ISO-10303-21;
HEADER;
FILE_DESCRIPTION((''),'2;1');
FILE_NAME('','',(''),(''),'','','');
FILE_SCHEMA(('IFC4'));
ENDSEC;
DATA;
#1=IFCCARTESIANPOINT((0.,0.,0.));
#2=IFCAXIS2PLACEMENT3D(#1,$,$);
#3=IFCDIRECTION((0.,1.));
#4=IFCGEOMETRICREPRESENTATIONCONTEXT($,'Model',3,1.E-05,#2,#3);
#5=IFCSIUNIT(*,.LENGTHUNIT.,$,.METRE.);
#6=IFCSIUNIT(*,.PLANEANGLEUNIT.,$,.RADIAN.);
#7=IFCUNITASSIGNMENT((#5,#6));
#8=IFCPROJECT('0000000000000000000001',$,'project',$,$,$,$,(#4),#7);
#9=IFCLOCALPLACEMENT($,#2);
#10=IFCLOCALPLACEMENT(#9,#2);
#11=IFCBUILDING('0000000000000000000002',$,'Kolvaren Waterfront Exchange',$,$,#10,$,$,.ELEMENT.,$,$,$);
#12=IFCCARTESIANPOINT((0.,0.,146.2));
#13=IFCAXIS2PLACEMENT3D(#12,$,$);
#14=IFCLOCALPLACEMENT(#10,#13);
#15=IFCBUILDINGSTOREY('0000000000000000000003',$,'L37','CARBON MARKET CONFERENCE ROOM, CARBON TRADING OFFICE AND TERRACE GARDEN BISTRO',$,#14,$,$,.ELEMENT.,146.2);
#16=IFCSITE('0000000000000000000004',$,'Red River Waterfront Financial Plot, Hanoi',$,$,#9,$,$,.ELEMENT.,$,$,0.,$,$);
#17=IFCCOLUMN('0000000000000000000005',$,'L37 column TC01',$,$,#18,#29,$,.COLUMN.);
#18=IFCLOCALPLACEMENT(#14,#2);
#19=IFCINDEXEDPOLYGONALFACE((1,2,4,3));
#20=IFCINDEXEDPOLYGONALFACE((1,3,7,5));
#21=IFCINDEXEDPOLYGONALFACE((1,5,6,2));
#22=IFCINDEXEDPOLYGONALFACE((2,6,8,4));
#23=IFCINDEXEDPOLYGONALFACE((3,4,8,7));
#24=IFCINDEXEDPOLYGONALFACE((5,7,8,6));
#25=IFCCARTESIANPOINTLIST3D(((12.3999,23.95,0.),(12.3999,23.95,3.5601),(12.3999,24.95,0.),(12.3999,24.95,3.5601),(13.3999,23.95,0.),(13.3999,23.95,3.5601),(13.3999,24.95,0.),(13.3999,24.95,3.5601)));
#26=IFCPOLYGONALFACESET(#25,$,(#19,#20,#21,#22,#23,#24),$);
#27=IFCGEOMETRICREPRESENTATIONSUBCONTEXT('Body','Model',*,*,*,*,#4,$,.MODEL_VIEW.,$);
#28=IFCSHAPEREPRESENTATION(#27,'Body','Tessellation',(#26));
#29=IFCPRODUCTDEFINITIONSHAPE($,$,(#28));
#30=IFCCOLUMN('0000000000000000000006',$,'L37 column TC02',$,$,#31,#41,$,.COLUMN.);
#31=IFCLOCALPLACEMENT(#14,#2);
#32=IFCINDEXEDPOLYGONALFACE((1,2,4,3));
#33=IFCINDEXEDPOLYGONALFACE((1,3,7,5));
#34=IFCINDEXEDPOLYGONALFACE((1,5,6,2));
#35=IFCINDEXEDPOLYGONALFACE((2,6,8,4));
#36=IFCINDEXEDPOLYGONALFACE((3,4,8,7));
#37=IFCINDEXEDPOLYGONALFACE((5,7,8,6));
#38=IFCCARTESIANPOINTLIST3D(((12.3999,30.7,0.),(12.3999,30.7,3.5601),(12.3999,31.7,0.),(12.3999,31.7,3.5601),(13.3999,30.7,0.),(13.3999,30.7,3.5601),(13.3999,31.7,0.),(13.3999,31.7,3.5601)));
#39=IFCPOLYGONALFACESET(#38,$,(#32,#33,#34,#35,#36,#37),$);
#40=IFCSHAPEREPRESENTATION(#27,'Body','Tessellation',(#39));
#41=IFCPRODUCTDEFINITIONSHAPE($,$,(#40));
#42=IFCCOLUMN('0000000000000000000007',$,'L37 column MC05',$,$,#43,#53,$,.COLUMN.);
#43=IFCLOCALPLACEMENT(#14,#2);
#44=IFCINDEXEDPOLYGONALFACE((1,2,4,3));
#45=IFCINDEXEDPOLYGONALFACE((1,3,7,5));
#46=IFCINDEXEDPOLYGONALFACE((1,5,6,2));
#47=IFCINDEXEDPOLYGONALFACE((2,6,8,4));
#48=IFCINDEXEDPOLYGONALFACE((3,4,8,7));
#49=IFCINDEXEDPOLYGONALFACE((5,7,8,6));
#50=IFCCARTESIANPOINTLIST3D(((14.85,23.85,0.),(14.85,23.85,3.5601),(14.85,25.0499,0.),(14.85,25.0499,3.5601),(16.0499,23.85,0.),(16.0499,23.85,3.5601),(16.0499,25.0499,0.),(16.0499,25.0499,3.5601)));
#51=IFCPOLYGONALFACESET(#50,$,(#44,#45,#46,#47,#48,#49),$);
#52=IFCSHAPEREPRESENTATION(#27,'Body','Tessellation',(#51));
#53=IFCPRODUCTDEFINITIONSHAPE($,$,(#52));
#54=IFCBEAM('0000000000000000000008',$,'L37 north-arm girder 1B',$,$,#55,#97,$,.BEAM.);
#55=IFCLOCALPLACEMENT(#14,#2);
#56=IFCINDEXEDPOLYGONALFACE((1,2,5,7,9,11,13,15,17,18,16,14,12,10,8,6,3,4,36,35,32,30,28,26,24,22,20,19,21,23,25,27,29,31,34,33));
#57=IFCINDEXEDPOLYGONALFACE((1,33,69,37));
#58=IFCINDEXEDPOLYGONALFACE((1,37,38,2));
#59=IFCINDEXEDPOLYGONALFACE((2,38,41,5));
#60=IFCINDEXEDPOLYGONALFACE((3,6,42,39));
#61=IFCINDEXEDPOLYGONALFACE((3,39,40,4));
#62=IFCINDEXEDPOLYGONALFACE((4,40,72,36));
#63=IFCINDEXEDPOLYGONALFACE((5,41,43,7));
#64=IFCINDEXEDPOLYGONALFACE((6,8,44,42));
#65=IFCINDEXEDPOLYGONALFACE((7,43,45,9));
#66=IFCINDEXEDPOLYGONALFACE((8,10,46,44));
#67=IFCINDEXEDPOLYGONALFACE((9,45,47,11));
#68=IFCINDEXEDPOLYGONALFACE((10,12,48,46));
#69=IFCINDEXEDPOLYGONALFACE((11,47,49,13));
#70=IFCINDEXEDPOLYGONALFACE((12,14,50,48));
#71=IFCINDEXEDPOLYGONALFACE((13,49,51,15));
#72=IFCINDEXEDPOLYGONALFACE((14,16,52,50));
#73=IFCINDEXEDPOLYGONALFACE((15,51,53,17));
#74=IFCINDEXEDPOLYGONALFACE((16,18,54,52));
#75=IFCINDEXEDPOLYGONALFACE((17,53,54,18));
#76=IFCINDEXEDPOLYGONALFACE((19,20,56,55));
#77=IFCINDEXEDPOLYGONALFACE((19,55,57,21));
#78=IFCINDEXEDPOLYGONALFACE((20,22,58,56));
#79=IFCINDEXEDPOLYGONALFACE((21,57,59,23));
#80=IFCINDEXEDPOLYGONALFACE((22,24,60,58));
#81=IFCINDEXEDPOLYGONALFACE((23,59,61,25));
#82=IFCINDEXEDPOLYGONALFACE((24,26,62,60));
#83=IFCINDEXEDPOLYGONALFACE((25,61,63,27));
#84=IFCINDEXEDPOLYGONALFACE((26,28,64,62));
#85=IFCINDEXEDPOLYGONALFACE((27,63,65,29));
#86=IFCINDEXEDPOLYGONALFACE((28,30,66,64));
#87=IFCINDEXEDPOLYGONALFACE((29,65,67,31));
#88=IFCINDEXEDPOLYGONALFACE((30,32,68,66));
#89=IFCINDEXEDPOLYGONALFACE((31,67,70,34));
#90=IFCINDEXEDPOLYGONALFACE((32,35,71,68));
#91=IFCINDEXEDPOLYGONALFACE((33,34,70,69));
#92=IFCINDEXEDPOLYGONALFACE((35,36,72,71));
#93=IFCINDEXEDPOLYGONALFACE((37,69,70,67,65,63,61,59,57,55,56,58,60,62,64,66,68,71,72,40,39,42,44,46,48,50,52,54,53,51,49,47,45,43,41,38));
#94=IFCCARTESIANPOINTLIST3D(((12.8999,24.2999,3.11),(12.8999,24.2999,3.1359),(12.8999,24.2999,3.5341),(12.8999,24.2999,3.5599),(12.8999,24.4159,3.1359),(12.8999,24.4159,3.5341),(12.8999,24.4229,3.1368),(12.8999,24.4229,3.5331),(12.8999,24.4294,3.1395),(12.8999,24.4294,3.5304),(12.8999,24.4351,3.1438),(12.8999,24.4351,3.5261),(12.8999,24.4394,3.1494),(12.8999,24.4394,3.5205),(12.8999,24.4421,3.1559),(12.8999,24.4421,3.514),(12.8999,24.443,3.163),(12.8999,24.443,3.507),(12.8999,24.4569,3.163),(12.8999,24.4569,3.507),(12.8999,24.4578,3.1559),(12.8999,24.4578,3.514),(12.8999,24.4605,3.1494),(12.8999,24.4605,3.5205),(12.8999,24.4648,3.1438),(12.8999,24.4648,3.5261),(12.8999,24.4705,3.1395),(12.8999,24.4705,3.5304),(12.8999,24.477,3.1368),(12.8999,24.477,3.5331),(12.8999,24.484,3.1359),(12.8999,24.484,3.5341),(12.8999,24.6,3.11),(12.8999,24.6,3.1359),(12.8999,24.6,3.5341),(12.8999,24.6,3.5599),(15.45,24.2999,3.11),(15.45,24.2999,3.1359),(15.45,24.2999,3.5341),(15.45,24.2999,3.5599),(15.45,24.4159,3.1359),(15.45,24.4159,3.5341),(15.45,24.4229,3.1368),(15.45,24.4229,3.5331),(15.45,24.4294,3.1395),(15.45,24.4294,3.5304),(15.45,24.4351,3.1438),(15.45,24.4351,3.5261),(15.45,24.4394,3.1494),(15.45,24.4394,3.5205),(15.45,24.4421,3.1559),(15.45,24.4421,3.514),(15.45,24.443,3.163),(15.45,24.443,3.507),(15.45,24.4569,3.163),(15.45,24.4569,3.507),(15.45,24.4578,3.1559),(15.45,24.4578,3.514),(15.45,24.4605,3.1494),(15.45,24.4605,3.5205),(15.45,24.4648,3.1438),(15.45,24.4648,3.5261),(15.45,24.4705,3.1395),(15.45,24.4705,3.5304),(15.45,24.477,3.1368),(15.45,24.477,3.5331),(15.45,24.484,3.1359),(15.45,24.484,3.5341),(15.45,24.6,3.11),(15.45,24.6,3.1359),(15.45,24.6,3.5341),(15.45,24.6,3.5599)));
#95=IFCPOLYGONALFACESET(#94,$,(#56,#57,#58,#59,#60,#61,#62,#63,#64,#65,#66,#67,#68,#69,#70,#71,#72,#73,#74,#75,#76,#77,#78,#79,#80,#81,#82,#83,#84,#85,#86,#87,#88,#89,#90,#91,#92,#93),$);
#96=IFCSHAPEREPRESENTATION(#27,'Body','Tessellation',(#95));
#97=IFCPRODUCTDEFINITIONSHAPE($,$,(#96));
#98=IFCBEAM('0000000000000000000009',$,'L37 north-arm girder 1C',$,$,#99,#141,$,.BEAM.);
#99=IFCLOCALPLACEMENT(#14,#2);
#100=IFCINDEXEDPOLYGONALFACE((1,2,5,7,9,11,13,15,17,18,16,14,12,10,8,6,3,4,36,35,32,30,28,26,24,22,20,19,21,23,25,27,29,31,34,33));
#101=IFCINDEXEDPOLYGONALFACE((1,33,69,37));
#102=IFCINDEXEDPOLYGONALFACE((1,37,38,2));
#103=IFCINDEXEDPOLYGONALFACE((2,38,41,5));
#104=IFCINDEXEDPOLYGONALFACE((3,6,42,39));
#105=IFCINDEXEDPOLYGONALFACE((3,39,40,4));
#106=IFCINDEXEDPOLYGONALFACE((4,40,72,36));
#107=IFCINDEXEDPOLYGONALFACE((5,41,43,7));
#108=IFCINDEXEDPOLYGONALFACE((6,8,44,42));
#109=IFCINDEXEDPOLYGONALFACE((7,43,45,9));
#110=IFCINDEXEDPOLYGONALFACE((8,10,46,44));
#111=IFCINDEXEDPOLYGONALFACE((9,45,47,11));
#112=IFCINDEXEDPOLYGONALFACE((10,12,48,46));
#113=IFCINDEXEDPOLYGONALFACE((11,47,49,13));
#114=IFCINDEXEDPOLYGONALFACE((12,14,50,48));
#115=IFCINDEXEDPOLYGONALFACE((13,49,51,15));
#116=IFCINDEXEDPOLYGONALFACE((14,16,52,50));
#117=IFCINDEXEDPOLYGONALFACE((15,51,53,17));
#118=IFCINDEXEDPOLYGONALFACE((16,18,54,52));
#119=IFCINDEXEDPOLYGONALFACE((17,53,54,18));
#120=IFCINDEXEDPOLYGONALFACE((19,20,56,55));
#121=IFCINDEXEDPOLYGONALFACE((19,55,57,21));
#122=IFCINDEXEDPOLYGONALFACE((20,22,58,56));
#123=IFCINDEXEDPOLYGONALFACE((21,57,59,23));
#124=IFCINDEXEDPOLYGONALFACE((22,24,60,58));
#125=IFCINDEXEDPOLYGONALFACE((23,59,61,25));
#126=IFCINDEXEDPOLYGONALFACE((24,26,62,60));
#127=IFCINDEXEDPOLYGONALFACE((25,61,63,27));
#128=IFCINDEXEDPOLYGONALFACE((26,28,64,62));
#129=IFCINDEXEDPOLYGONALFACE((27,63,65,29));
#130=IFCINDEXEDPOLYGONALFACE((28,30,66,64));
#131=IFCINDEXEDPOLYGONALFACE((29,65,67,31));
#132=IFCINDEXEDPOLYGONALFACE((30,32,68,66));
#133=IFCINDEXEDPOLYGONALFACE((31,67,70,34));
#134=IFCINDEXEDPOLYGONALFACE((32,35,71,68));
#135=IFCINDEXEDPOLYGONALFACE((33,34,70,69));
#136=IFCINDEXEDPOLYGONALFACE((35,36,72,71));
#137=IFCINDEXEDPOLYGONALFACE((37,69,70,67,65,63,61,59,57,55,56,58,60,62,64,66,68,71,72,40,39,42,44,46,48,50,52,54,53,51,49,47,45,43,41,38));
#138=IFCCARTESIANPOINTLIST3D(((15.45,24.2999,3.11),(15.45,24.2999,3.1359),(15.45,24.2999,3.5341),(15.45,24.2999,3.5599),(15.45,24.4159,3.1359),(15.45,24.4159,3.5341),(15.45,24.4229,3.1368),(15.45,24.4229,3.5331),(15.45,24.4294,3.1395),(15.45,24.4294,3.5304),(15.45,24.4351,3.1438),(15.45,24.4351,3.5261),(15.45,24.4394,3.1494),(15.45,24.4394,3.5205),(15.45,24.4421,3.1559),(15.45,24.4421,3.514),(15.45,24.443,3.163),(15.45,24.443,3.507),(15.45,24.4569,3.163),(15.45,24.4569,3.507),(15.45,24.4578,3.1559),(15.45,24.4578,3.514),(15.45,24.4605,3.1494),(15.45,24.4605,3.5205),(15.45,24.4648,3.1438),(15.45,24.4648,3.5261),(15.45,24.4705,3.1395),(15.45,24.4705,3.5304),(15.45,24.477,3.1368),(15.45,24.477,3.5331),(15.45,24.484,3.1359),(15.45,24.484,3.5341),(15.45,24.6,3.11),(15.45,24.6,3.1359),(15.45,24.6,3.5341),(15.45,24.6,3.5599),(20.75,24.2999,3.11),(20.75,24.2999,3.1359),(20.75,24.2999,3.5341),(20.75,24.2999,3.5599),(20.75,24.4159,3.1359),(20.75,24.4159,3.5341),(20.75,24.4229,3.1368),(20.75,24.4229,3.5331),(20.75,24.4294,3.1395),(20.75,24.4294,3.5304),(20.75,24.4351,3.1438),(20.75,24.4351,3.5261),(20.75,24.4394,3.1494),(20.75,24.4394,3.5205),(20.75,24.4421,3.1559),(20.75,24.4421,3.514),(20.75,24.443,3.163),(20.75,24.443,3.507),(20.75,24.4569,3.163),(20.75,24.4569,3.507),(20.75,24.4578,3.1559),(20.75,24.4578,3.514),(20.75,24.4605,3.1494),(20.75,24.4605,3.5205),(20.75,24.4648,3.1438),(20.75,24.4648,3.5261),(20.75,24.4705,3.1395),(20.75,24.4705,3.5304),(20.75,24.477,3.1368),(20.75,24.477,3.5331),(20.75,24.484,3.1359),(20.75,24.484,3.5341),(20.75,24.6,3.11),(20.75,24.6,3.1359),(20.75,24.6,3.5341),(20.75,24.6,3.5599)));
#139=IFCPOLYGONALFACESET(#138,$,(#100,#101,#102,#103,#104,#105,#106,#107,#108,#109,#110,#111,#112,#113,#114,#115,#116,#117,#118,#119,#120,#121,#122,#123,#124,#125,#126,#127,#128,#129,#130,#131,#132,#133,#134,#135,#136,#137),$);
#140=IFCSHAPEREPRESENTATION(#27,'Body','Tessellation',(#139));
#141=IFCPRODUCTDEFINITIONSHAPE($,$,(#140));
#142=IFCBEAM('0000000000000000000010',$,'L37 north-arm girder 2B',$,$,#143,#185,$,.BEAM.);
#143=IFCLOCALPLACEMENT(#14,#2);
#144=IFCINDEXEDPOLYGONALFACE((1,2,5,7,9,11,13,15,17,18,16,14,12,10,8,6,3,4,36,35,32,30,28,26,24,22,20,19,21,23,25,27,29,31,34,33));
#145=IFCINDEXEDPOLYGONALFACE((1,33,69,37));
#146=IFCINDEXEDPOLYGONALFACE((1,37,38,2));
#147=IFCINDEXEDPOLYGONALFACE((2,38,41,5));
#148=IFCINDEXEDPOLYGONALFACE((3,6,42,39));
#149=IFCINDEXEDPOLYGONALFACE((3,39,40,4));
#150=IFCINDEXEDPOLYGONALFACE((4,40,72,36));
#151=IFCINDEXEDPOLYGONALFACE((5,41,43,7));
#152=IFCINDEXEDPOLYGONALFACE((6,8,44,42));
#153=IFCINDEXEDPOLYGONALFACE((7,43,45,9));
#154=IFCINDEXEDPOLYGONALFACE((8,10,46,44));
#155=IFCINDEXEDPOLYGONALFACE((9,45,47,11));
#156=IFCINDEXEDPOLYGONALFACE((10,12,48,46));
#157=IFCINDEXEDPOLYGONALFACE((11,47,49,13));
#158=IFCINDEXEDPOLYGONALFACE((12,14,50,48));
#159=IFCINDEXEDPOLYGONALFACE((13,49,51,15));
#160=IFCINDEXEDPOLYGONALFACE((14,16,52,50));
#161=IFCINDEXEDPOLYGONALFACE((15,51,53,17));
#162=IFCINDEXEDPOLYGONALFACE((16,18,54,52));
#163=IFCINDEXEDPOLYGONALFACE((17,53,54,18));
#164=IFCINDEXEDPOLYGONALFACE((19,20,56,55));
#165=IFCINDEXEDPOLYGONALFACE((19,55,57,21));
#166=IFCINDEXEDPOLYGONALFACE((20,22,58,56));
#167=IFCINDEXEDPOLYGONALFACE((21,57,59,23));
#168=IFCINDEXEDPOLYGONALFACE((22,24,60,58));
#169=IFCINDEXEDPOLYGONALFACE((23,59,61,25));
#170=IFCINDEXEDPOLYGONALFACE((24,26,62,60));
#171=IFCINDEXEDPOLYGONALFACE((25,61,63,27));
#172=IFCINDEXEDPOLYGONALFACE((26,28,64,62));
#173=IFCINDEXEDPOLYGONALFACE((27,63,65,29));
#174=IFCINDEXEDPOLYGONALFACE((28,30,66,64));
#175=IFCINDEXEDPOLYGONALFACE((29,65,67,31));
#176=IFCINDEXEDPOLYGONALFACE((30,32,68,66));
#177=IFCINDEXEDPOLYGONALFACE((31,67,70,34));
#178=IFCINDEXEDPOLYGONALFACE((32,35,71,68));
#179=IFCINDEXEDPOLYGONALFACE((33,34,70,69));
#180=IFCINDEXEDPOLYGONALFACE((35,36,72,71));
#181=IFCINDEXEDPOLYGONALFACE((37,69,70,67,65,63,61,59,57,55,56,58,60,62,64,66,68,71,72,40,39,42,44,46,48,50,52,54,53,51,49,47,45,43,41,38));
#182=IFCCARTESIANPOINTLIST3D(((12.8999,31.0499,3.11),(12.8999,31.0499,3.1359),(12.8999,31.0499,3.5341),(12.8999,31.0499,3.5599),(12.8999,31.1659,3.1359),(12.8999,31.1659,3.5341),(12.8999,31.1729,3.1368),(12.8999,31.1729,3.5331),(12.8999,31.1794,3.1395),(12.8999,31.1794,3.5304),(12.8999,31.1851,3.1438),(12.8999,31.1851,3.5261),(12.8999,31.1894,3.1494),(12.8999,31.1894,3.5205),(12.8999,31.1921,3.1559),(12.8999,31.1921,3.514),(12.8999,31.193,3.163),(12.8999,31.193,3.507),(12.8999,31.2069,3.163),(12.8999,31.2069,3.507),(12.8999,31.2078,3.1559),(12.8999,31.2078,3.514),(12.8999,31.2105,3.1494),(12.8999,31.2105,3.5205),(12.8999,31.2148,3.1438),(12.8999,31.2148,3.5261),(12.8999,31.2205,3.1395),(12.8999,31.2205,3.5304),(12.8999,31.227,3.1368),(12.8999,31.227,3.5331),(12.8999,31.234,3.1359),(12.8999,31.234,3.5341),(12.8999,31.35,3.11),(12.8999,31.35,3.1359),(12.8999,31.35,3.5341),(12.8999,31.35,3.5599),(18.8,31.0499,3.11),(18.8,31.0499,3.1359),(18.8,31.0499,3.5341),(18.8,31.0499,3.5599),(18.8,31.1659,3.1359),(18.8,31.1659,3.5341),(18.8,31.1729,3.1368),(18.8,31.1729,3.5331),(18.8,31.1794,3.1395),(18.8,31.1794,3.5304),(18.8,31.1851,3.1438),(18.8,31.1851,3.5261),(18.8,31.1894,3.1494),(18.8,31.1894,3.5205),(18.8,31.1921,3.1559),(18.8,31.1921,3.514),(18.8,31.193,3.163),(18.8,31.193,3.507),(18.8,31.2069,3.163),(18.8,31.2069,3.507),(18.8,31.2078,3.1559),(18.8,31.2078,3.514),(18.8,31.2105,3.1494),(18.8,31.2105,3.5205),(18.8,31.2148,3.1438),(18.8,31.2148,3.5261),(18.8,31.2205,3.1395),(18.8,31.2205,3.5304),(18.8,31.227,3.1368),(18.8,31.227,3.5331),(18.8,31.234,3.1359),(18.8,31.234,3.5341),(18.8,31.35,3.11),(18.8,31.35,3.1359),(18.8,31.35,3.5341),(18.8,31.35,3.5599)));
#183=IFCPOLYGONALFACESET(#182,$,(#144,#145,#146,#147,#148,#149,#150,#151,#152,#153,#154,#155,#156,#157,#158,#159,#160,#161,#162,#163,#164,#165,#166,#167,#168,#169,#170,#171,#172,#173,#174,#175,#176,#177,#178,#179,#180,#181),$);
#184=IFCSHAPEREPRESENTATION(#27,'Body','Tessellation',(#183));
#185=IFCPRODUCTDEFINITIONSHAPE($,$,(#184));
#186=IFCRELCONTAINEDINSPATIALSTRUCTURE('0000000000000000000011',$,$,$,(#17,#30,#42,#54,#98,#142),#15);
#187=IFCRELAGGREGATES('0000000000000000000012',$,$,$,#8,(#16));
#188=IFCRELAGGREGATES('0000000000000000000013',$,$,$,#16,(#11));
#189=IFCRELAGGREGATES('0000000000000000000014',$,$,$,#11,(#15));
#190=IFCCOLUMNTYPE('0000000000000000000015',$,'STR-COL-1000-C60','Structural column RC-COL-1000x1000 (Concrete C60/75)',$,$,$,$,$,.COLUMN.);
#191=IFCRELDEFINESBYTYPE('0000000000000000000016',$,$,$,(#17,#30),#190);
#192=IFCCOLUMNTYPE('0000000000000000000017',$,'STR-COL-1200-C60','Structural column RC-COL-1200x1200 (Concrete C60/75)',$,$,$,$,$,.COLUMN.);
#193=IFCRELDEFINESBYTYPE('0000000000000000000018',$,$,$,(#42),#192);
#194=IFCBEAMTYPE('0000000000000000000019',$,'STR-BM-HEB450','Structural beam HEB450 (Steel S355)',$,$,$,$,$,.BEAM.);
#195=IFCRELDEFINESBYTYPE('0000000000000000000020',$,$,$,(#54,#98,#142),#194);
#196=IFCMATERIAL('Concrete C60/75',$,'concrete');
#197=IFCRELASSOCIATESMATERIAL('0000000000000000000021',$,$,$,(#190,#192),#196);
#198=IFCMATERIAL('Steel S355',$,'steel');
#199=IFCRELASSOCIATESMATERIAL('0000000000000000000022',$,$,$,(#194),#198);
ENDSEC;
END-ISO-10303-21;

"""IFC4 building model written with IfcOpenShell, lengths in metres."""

from ifc_helpers import new_model, si_unit, direction, frame, origin, origin_2d, place, context, subcontext, project, spatial, rectangle, i_section, extrude, material, material_profile, profile_set, type_object, element, save


model = new_model("IFC4")

# Units and contexts
model_context = context("Model", 3, precision=1e-05, world=origin(), true_north=direction((0.0, 1.0)))
body_context = subcontext(model_context, "Body", "Model", "MODEL_VIEW")
ifc_project = project(units=[si_unit("LENGTHUNIT", "METRE"), si_unit("PLANEANGLEUNIT", "RADIAN")], contexts=[model_context])

# Site, building, storey
site_placement = place(None, origin())
site = spatial("IfcSite", under=ifc_project, at=site_placement, Name="Red River Waterfront Financial Plot, Hanoi", CompositionType="ELEMENT", RefElevation=0.0)
building_placement = place(site_placement, origin())
building = spatial("IfcBuilding", under=site, at=building_placement, Name="Kolvaren Waterfront Exchange", CompositionType="ELEMENT")
storey_placement = place(building_placement, frame((0.0, 0.0, 146.2)))
storey = spatial("IfcBuildingStorey", under=building, at=storey_placement, Name="L37", Description="CARBON MARKET CONFERENCE ROOM, CARBON TRADING OFFICE AND TERRACE GARDEN BISTRO", CompositionType="ELEMENT", Elevation=146.2)

# Columns
ifc_material_1 = material(Name="Concrete C60/75", Category="concrete")
ifc_material_profile_1 = material_profile(ifc_material_1, rectangle(XDim=1.0, YDim=1.0, at=origin_2d()), Name="RC-COL-1000x1000")
ifc_profile_set_1 = profile_set([ifc_material_profile_1], Name="Concrete C60/75")
column_type_1 = type_object("IfcColumnType", Name="STR-COL-1000-C60", Description="Structural column RC-COL-1000x1000 (Concrete C60/75)", PredefinedType="COLUMN", material=ifc_profile_set_1)
for number, where, z_axis, x_axis, name in (
    (1, (12.8999, 24.45, 0.0), (0.0, 0.0, 1.0), (1.0, 0.0, 0.0), "L37 column TC01"),
    (2, (12.8999, 31.2, 0.0), (0.0, 0.0, 1.0), (1.0, 0.0, 0.0), "L37 column TC02"),
):
    element("IfcColumn", number, at=place(storey_placement, frame(where, z_axis=z_axis, x_axis=x_axis)), inside=storey, type_object=column_type_1, Name=name, PredefinedType="COLUMN", context=body_context, shape_type="SweptSolid", body=[
        extrude(rectangle(XDim=1.0, YDim=1.0, at=origin_2d()), origin(), (0.0, 0.0, 1.0), 3.5601),
    ])
ifc_material_profile_2 = material_profile(ifc_material_1, rectangle(XDim=1.2, YDim=1.2, at=origin_2d()), Name="RC-COL-1200x1200")
ifc_profile_set_2 = profile_set([ifc_material_profile_2], Name="Concrete C60/75")
column_type_2 = type_object("IfcColumnType", Name="STR-COL-1200-C60", Description="Structural column RC-COL-1200x1200 (Concrete C60/75)", PredefinedType="COLUMN", material=ifc_profile_set_2)
column_placement = place(storey_placement, frame((15.45, 24.45, 0.0), z_axis=(0.0, 0.0, 1.0), x_axis=(1.0, 0.0, 0.0)))
element("IfcColumn", 3, at=column_placement, inside=storey, type_object=column_type_2, Name="L37 column MC05", PredefinedType="COLUMN", context=body_context, shape_type="SweptSolid", body=[
    extrude(rectangle(XDim=1.2, YDim=1.2, at=origin_2d()), origin(), (0.0, 0.0, 1.0), 3.5601),
])

# Beams
ifc_material_2 = material(Name="Steel S355", Category="steel")
ifc_material_profile_3 = material_profile(ifc_material_2, i_section(OverallWidth=0.3, OverallDepth=0.45, WebThickness=0.0139, FlangeThickness=0.0259, FilletRadius=0.0271, at=origin_2d()), Name="HEB450")
ifc_profile_set_3 = profile_set([ifc_material_profile_3], Name="Steel S355")
beam_type_1 = type_object("IfcBeamType", Name="STR-BM-HEB450", Description="Structural beam HEB450 (Steel S355)", PredefinedType="BEAM", material=ifc_profile_set_3)
beam_1_placement = place(storey_placement, frame((12.8999, 24.45, 3.335), z_axis=(1.0, 0.0, 0.0), x_axis=(0.0, 1.0, 0.0)))
element("IfcBeam", 4, at=beam_1_placement, inside=storey, type_object=beam_type_1, Name="L37 north-arm girder 1B", PredefinedType="BEAM", context=body_context, shape_type="SweptSolid", body=[
    extrude(i_section(OverallWidth=0.3, OverallDepth=0.45, WebThickness=0.0139, FlangeThickness=0.0259, FilletRadius=0.0271, at=origin_2d()), origin(), (0.0, 0.0, 1.0), 2.55),
])
beam_2_placement = place(storey_placement, frame((15.45, 24.45, 3.335), z_axis=(1.0, 0.0, 0.0), x_axis=(0.0, 1.0, 0.0)))
element("IfcBeam", 5, at=beam_2_placement, inside=storey, type_object=beam_type_1, Name="L37 north-arm girder 1C", PredefinedType="BEAM", context=body_context, shape_type="SweptSolid", body=[
    extrude(i_section(OverallWidth=0.3, OverallDepth=0.45, WebThickness=0.0139, FlangeThickness=0.0259, FilletRadius=0.0271, at=origin_2d()), origin(), (0.0, 0.0, 1.0), 5.3),
])
beam_3_placement = place(storey_placement, frame((12.8999, 31.2, 3.335), z_axis=(1.0, 0.0, 0.0), x_axis=(0.0, 1.0, 0.0)))
element("IfcBeam", 6, at=beam_3_placement, inside=storey, type_object=beam_type_1, Name="L37 north-arm girder 2B", PredefinedType="BEAM", context=body_context, shape_type="SweptSolid", body=[
    extrude(i_section(OverallWidth=0.3, OverallDepth=0.45, WebThickness=0.0139, FlangeThickness=0.0259, FilletRadius=0.0271, at=origin_2d()), origin(), (0.0, 0.0, 1.0), 5.9001),
])

save(model, "model.ifc")
